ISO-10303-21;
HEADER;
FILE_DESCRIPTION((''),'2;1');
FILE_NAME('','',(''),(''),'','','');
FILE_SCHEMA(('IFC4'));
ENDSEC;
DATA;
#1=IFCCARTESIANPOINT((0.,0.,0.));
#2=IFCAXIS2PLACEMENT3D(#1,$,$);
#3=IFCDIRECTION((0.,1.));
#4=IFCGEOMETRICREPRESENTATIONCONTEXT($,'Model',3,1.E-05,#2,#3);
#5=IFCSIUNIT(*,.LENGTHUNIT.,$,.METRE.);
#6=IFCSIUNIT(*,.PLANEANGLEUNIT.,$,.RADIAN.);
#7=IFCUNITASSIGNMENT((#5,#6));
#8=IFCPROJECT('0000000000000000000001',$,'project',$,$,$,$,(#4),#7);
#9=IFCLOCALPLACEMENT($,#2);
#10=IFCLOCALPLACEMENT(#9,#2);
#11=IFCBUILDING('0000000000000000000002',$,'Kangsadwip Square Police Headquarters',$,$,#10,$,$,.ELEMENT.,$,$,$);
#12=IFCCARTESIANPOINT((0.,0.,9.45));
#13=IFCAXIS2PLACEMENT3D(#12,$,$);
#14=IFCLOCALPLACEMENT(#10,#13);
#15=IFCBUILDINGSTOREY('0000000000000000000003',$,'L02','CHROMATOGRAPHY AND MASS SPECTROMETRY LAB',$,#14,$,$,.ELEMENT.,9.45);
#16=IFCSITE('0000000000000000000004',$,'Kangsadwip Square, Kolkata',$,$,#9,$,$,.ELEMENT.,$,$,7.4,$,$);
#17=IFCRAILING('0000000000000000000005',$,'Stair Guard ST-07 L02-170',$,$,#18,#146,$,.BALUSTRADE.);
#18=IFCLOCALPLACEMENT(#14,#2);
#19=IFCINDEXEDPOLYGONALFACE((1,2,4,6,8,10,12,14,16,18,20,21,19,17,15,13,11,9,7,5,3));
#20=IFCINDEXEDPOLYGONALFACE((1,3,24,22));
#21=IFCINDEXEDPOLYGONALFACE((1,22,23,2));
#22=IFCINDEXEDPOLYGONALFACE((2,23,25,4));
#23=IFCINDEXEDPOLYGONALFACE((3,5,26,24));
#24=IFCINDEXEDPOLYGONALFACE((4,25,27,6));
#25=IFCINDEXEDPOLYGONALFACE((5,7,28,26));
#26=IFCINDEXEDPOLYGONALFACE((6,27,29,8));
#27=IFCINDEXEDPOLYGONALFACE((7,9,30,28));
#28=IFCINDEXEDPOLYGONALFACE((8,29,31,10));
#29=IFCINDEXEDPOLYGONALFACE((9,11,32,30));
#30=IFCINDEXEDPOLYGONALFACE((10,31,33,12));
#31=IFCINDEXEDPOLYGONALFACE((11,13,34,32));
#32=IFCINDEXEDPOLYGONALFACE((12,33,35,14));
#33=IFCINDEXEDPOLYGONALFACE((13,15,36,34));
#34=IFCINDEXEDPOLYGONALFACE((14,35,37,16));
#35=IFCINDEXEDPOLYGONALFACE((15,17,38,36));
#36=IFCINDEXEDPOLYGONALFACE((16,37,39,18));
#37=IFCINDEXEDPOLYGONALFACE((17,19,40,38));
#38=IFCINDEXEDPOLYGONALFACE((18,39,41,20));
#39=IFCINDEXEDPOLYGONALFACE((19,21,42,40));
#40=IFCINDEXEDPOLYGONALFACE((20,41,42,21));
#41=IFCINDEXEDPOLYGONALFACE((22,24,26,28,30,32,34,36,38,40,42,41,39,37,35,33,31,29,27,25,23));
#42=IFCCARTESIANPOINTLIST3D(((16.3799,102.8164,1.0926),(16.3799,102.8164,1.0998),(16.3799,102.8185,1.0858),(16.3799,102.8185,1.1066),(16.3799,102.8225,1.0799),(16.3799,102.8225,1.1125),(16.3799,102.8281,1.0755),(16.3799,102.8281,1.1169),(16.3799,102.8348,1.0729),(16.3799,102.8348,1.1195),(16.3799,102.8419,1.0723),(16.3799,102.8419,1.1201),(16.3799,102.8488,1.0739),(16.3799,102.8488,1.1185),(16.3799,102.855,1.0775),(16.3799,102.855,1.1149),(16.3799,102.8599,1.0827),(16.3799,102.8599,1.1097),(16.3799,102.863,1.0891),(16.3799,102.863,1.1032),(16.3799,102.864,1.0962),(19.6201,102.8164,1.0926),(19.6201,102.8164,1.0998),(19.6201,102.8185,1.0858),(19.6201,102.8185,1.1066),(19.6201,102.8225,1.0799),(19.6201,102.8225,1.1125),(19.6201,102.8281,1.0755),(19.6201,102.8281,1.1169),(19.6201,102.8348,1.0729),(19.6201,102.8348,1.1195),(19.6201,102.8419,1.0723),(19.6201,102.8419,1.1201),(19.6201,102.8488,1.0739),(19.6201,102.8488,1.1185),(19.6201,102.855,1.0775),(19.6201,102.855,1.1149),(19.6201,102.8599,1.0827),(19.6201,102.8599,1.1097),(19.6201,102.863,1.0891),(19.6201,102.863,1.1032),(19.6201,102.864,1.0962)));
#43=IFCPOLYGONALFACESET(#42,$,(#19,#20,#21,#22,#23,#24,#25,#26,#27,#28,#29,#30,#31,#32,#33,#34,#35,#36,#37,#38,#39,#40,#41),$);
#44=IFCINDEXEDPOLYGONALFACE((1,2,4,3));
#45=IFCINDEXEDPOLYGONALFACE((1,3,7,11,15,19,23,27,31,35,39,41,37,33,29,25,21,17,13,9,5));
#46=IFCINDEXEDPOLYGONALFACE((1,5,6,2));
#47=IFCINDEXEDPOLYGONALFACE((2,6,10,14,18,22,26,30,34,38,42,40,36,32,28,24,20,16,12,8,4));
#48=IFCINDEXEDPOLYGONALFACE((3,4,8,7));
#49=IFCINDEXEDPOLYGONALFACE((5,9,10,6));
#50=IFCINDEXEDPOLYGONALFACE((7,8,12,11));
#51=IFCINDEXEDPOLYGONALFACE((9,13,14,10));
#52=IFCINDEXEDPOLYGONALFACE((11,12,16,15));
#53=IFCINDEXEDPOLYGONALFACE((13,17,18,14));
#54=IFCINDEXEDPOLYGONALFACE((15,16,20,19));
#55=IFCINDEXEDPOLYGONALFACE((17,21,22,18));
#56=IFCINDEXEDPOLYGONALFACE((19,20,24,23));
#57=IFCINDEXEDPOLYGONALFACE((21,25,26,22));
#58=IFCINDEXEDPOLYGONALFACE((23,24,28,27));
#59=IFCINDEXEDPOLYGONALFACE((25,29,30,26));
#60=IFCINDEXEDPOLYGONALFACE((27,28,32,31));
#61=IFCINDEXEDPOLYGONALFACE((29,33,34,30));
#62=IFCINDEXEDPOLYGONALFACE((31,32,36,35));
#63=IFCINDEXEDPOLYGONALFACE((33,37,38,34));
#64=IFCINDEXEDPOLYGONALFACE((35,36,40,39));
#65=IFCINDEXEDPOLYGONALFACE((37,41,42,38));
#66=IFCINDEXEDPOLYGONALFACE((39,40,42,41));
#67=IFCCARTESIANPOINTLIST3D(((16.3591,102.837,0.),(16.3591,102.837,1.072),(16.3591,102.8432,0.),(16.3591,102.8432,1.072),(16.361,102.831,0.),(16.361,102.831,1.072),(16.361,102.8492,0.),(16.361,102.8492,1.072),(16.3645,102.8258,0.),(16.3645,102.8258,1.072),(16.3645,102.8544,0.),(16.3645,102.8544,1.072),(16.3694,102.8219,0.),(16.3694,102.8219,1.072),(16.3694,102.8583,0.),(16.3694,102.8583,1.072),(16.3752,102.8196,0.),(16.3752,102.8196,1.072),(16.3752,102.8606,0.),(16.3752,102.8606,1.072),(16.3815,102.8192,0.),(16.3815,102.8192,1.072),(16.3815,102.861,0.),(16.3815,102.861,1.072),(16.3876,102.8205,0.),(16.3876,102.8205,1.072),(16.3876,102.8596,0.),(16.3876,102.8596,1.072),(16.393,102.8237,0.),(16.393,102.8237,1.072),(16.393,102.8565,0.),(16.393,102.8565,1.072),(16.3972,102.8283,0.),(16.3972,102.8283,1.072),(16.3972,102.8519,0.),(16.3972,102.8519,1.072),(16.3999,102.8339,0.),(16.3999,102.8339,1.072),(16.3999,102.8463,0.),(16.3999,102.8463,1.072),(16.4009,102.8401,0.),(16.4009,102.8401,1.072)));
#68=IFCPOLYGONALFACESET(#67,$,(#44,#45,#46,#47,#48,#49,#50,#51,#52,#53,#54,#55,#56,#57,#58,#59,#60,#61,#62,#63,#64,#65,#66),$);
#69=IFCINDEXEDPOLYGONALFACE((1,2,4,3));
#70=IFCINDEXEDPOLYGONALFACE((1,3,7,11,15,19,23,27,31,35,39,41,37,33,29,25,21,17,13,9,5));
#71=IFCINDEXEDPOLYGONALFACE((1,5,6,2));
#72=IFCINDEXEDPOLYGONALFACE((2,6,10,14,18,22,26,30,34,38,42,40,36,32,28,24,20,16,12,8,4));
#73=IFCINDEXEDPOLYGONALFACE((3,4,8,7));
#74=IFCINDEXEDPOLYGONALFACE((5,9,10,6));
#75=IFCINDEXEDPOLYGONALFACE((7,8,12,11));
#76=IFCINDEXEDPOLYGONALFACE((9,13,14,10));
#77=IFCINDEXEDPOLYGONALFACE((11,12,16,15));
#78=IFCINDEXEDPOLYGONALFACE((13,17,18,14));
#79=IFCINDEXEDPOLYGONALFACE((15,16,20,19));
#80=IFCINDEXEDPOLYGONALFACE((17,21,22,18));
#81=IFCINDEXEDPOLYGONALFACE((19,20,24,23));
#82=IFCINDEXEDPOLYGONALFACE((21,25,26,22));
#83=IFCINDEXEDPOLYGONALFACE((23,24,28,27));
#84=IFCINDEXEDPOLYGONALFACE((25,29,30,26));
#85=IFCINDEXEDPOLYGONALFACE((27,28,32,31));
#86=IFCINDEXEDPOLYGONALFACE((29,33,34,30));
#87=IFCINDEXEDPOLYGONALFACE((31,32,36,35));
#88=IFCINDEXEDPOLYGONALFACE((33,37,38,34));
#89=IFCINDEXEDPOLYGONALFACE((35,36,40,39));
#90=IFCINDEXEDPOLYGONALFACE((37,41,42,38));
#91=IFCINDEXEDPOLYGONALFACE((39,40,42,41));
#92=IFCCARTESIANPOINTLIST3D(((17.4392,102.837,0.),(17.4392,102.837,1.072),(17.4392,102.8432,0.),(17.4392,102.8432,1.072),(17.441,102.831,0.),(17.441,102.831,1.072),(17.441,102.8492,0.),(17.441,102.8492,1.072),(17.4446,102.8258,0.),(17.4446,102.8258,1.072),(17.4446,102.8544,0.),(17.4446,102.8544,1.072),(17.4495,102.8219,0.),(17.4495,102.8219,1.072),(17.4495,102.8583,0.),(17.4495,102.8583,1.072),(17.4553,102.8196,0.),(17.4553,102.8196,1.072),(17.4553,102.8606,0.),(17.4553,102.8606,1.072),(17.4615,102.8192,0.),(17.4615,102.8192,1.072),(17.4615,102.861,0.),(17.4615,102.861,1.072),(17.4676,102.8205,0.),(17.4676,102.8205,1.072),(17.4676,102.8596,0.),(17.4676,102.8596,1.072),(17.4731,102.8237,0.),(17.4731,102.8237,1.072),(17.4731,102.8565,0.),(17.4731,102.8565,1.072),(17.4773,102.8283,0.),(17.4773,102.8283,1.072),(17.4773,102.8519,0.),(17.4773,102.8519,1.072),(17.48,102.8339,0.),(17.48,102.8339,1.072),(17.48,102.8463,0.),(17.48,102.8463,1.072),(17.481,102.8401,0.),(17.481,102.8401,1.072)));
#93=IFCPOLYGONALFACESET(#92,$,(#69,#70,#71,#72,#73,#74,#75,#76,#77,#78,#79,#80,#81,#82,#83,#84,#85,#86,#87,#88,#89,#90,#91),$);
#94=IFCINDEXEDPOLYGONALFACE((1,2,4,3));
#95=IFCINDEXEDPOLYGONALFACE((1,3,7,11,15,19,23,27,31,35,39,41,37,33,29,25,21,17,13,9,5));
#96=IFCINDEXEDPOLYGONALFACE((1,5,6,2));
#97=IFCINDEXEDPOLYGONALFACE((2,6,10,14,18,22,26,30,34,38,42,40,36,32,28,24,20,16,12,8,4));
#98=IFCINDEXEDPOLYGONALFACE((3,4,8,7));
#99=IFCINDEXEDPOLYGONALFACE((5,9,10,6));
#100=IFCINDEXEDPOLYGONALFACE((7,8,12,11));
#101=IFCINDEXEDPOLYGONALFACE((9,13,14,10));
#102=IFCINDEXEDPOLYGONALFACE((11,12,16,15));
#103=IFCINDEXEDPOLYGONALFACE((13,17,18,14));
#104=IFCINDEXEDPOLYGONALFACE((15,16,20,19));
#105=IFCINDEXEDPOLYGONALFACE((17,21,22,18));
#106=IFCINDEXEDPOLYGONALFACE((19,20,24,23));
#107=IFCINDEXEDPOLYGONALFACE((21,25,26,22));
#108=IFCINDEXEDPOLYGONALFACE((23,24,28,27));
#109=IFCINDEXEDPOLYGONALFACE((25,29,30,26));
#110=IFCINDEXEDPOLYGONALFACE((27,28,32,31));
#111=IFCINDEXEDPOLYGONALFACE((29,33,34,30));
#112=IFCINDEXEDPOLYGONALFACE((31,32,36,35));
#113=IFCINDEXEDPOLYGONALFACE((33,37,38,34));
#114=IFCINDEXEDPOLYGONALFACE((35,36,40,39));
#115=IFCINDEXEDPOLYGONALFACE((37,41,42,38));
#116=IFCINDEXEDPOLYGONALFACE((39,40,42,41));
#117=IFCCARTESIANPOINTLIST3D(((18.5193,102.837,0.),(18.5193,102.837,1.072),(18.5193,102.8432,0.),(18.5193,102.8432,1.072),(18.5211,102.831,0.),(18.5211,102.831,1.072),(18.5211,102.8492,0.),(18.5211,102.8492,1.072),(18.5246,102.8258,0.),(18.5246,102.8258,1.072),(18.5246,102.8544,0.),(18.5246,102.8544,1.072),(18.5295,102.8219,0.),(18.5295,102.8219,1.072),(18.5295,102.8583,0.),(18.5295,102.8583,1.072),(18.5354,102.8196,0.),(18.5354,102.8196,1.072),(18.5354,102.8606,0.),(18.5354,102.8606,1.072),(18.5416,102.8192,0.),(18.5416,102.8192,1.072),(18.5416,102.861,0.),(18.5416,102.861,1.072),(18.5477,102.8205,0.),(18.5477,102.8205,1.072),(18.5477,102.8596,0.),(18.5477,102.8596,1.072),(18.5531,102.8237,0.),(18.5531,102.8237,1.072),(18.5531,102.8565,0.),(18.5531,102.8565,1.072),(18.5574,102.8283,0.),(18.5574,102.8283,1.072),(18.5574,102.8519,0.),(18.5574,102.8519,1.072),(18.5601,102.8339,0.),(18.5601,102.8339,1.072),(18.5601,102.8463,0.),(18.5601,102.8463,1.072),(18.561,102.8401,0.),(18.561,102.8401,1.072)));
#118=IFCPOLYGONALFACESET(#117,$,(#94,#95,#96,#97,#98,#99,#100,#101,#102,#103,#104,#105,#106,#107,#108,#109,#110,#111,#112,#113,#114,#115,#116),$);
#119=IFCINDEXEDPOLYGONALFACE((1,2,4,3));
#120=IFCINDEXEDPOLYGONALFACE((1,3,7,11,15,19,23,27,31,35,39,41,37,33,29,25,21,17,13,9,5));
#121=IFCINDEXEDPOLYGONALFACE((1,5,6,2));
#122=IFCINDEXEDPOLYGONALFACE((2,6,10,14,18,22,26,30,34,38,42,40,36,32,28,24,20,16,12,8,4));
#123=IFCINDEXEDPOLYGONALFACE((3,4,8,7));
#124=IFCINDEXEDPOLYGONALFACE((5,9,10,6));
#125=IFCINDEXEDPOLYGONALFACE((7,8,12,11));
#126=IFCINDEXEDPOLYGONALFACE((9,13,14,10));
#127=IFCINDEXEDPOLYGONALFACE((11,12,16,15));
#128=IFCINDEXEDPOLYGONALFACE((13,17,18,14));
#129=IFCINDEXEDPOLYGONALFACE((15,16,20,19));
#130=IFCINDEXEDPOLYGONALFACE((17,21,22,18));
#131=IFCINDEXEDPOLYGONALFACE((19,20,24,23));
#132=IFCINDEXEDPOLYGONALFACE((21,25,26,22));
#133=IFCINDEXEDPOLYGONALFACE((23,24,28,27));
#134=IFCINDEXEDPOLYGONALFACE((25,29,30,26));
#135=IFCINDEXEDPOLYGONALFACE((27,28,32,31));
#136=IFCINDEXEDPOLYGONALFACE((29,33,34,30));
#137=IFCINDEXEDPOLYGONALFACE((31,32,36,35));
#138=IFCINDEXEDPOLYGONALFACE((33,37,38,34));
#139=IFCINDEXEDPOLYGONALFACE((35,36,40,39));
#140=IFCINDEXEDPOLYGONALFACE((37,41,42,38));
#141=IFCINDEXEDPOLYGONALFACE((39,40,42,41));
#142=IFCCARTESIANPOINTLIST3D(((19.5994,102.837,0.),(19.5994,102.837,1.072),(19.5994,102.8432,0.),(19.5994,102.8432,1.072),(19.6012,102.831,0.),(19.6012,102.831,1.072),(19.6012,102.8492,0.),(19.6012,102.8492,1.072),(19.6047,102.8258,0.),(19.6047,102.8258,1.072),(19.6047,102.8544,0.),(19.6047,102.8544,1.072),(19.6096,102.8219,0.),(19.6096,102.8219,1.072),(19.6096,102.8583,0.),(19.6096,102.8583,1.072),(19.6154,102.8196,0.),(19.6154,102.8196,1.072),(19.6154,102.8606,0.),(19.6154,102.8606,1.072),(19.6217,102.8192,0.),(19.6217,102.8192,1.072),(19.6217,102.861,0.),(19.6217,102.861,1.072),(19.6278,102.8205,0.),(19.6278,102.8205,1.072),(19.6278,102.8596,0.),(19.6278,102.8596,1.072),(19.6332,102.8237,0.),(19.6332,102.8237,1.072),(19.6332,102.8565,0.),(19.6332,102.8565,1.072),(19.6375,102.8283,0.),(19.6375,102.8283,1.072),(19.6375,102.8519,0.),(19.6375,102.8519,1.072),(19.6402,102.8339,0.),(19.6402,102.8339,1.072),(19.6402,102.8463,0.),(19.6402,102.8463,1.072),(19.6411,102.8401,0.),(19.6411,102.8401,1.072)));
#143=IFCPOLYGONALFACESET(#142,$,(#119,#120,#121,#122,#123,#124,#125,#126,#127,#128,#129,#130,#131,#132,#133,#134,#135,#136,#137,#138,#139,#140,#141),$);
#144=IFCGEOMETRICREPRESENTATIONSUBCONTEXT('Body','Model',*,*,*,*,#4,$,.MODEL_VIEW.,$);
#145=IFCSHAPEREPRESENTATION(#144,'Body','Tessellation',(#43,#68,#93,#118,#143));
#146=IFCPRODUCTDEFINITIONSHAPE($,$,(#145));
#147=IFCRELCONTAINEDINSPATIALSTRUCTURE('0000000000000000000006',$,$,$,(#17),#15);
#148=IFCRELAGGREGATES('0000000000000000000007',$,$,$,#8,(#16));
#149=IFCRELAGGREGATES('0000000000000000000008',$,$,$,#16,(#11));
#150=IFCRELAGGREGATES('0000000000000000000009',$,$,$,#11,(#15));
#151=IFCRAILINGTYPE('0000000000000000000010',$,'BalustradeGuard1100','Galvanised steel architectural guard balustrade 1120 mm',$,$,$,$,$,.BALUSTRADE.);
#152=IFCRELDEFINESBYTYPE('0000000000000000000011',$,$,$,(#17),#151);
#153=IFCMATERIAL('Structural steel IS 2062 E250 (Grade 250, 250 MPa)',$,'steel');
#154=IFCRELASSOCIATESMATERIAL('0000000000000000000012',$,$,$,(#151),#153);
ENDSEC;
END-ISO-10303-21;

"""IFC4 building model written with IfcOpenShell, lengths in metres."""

from ifc_helpers import new_model, si_unit, direction, frame, origin, origin_2d, place, context, subcontext, project, spatial, circle, extrude, material, type_object, element, save


model = new_model("IFC4")

# Units and contexts
model_context = context("Model", 3, precision=1e-05, world=origin(), true_north=direction((0.0, 1.0)))
body_context = subcontext(model_context, "Body", "Model", "MODEL_VIEW")
ifc_project = project(units=[si_unit("LENGTHUNIT", "METRE"), si_unit("PLANEANGLEUNIT", "RADIAN")], contexts=[model_context])

# Site, building, storey
site_placement = place(None, origin())
site = spatial("IfcSite", under=ifc_project, at=site_placement, Name="Kangsadwip Square, Kolkata", CompositionType="ELEMENT", RefElevation=7.4)
building_placement = place(site_placement, origin())
building = spatial("IfcBuilding", under=site, at=building_placement, Name="Kangsadwip Square Police Headquarters", CompositionType="ELEMENT")
storey_placement = place(building_placement, frame((0.0, 0.0, 9.45)))
storey = spatial("IfcBuildingStorey", under=building, at=storey_placement, Name="L02", Description="CHROMATOGRAPHY AND MASS SPECTROMETRY LAB", CompositionType="ELEMENT", Elevation=9.45)

# Railing
ifc_material_1 = material(Name="Structural steel IS 2062 E250 (Grade 250, 250 MPa)", Category="steel")
railing_type_1 = type_object("IfcRailingType", Name="BalustradeGuard1100", Description="Galvanised steel architectural guard balustrade 1120 mm", PredefinedType="BALUSTRADE", material=ifc_material_1)
for number, where, name in (
    (1, (16.3799, 102.8401, 0.0), "Stair Guard ST-07 L02-170"),
):
    element("IfcRailing", number, at=place(storey_placement, frame(where)), inside=storey, type_object=railing_type_1, Name=name, PredefinedType="BALUSTRADE", context=body_context, shape_type="SweptSolid", body=[
        extrude(circle(Radius=0.0239, at=origin_2d()), frame((0.0, 0.0, 1.0962), z_axis=(1.0, 0.0, 0.0), x_axis=(0.0, 1.0, 0.0)), (0.0, 0.0, 1.0), 3.2402),
        extrude(circle(Radius=0.021, at=origin_2d()), origin(), (0.0, 0.0, 1.0), 1.072),
        extrude(circle(Radius=0.021, at=origin_2d()), frame((1.0801, 0.0, 0.0)), (0.0, 0.0, 1.0), 1.072),
        extrude(circle(Radius=0.021, at=origin_2d()), frame((2.1602, 0.0, 0.0)), (0.0, 0.0, 1.0), 1.072),
        extrude(circle(Radius=0.021, at=origin_2d()), frame((3.2402, 0.0, 0.0)), (0.0, 0.0, 1.0), 1.072),
    ])

save(model, "model.ifc")
